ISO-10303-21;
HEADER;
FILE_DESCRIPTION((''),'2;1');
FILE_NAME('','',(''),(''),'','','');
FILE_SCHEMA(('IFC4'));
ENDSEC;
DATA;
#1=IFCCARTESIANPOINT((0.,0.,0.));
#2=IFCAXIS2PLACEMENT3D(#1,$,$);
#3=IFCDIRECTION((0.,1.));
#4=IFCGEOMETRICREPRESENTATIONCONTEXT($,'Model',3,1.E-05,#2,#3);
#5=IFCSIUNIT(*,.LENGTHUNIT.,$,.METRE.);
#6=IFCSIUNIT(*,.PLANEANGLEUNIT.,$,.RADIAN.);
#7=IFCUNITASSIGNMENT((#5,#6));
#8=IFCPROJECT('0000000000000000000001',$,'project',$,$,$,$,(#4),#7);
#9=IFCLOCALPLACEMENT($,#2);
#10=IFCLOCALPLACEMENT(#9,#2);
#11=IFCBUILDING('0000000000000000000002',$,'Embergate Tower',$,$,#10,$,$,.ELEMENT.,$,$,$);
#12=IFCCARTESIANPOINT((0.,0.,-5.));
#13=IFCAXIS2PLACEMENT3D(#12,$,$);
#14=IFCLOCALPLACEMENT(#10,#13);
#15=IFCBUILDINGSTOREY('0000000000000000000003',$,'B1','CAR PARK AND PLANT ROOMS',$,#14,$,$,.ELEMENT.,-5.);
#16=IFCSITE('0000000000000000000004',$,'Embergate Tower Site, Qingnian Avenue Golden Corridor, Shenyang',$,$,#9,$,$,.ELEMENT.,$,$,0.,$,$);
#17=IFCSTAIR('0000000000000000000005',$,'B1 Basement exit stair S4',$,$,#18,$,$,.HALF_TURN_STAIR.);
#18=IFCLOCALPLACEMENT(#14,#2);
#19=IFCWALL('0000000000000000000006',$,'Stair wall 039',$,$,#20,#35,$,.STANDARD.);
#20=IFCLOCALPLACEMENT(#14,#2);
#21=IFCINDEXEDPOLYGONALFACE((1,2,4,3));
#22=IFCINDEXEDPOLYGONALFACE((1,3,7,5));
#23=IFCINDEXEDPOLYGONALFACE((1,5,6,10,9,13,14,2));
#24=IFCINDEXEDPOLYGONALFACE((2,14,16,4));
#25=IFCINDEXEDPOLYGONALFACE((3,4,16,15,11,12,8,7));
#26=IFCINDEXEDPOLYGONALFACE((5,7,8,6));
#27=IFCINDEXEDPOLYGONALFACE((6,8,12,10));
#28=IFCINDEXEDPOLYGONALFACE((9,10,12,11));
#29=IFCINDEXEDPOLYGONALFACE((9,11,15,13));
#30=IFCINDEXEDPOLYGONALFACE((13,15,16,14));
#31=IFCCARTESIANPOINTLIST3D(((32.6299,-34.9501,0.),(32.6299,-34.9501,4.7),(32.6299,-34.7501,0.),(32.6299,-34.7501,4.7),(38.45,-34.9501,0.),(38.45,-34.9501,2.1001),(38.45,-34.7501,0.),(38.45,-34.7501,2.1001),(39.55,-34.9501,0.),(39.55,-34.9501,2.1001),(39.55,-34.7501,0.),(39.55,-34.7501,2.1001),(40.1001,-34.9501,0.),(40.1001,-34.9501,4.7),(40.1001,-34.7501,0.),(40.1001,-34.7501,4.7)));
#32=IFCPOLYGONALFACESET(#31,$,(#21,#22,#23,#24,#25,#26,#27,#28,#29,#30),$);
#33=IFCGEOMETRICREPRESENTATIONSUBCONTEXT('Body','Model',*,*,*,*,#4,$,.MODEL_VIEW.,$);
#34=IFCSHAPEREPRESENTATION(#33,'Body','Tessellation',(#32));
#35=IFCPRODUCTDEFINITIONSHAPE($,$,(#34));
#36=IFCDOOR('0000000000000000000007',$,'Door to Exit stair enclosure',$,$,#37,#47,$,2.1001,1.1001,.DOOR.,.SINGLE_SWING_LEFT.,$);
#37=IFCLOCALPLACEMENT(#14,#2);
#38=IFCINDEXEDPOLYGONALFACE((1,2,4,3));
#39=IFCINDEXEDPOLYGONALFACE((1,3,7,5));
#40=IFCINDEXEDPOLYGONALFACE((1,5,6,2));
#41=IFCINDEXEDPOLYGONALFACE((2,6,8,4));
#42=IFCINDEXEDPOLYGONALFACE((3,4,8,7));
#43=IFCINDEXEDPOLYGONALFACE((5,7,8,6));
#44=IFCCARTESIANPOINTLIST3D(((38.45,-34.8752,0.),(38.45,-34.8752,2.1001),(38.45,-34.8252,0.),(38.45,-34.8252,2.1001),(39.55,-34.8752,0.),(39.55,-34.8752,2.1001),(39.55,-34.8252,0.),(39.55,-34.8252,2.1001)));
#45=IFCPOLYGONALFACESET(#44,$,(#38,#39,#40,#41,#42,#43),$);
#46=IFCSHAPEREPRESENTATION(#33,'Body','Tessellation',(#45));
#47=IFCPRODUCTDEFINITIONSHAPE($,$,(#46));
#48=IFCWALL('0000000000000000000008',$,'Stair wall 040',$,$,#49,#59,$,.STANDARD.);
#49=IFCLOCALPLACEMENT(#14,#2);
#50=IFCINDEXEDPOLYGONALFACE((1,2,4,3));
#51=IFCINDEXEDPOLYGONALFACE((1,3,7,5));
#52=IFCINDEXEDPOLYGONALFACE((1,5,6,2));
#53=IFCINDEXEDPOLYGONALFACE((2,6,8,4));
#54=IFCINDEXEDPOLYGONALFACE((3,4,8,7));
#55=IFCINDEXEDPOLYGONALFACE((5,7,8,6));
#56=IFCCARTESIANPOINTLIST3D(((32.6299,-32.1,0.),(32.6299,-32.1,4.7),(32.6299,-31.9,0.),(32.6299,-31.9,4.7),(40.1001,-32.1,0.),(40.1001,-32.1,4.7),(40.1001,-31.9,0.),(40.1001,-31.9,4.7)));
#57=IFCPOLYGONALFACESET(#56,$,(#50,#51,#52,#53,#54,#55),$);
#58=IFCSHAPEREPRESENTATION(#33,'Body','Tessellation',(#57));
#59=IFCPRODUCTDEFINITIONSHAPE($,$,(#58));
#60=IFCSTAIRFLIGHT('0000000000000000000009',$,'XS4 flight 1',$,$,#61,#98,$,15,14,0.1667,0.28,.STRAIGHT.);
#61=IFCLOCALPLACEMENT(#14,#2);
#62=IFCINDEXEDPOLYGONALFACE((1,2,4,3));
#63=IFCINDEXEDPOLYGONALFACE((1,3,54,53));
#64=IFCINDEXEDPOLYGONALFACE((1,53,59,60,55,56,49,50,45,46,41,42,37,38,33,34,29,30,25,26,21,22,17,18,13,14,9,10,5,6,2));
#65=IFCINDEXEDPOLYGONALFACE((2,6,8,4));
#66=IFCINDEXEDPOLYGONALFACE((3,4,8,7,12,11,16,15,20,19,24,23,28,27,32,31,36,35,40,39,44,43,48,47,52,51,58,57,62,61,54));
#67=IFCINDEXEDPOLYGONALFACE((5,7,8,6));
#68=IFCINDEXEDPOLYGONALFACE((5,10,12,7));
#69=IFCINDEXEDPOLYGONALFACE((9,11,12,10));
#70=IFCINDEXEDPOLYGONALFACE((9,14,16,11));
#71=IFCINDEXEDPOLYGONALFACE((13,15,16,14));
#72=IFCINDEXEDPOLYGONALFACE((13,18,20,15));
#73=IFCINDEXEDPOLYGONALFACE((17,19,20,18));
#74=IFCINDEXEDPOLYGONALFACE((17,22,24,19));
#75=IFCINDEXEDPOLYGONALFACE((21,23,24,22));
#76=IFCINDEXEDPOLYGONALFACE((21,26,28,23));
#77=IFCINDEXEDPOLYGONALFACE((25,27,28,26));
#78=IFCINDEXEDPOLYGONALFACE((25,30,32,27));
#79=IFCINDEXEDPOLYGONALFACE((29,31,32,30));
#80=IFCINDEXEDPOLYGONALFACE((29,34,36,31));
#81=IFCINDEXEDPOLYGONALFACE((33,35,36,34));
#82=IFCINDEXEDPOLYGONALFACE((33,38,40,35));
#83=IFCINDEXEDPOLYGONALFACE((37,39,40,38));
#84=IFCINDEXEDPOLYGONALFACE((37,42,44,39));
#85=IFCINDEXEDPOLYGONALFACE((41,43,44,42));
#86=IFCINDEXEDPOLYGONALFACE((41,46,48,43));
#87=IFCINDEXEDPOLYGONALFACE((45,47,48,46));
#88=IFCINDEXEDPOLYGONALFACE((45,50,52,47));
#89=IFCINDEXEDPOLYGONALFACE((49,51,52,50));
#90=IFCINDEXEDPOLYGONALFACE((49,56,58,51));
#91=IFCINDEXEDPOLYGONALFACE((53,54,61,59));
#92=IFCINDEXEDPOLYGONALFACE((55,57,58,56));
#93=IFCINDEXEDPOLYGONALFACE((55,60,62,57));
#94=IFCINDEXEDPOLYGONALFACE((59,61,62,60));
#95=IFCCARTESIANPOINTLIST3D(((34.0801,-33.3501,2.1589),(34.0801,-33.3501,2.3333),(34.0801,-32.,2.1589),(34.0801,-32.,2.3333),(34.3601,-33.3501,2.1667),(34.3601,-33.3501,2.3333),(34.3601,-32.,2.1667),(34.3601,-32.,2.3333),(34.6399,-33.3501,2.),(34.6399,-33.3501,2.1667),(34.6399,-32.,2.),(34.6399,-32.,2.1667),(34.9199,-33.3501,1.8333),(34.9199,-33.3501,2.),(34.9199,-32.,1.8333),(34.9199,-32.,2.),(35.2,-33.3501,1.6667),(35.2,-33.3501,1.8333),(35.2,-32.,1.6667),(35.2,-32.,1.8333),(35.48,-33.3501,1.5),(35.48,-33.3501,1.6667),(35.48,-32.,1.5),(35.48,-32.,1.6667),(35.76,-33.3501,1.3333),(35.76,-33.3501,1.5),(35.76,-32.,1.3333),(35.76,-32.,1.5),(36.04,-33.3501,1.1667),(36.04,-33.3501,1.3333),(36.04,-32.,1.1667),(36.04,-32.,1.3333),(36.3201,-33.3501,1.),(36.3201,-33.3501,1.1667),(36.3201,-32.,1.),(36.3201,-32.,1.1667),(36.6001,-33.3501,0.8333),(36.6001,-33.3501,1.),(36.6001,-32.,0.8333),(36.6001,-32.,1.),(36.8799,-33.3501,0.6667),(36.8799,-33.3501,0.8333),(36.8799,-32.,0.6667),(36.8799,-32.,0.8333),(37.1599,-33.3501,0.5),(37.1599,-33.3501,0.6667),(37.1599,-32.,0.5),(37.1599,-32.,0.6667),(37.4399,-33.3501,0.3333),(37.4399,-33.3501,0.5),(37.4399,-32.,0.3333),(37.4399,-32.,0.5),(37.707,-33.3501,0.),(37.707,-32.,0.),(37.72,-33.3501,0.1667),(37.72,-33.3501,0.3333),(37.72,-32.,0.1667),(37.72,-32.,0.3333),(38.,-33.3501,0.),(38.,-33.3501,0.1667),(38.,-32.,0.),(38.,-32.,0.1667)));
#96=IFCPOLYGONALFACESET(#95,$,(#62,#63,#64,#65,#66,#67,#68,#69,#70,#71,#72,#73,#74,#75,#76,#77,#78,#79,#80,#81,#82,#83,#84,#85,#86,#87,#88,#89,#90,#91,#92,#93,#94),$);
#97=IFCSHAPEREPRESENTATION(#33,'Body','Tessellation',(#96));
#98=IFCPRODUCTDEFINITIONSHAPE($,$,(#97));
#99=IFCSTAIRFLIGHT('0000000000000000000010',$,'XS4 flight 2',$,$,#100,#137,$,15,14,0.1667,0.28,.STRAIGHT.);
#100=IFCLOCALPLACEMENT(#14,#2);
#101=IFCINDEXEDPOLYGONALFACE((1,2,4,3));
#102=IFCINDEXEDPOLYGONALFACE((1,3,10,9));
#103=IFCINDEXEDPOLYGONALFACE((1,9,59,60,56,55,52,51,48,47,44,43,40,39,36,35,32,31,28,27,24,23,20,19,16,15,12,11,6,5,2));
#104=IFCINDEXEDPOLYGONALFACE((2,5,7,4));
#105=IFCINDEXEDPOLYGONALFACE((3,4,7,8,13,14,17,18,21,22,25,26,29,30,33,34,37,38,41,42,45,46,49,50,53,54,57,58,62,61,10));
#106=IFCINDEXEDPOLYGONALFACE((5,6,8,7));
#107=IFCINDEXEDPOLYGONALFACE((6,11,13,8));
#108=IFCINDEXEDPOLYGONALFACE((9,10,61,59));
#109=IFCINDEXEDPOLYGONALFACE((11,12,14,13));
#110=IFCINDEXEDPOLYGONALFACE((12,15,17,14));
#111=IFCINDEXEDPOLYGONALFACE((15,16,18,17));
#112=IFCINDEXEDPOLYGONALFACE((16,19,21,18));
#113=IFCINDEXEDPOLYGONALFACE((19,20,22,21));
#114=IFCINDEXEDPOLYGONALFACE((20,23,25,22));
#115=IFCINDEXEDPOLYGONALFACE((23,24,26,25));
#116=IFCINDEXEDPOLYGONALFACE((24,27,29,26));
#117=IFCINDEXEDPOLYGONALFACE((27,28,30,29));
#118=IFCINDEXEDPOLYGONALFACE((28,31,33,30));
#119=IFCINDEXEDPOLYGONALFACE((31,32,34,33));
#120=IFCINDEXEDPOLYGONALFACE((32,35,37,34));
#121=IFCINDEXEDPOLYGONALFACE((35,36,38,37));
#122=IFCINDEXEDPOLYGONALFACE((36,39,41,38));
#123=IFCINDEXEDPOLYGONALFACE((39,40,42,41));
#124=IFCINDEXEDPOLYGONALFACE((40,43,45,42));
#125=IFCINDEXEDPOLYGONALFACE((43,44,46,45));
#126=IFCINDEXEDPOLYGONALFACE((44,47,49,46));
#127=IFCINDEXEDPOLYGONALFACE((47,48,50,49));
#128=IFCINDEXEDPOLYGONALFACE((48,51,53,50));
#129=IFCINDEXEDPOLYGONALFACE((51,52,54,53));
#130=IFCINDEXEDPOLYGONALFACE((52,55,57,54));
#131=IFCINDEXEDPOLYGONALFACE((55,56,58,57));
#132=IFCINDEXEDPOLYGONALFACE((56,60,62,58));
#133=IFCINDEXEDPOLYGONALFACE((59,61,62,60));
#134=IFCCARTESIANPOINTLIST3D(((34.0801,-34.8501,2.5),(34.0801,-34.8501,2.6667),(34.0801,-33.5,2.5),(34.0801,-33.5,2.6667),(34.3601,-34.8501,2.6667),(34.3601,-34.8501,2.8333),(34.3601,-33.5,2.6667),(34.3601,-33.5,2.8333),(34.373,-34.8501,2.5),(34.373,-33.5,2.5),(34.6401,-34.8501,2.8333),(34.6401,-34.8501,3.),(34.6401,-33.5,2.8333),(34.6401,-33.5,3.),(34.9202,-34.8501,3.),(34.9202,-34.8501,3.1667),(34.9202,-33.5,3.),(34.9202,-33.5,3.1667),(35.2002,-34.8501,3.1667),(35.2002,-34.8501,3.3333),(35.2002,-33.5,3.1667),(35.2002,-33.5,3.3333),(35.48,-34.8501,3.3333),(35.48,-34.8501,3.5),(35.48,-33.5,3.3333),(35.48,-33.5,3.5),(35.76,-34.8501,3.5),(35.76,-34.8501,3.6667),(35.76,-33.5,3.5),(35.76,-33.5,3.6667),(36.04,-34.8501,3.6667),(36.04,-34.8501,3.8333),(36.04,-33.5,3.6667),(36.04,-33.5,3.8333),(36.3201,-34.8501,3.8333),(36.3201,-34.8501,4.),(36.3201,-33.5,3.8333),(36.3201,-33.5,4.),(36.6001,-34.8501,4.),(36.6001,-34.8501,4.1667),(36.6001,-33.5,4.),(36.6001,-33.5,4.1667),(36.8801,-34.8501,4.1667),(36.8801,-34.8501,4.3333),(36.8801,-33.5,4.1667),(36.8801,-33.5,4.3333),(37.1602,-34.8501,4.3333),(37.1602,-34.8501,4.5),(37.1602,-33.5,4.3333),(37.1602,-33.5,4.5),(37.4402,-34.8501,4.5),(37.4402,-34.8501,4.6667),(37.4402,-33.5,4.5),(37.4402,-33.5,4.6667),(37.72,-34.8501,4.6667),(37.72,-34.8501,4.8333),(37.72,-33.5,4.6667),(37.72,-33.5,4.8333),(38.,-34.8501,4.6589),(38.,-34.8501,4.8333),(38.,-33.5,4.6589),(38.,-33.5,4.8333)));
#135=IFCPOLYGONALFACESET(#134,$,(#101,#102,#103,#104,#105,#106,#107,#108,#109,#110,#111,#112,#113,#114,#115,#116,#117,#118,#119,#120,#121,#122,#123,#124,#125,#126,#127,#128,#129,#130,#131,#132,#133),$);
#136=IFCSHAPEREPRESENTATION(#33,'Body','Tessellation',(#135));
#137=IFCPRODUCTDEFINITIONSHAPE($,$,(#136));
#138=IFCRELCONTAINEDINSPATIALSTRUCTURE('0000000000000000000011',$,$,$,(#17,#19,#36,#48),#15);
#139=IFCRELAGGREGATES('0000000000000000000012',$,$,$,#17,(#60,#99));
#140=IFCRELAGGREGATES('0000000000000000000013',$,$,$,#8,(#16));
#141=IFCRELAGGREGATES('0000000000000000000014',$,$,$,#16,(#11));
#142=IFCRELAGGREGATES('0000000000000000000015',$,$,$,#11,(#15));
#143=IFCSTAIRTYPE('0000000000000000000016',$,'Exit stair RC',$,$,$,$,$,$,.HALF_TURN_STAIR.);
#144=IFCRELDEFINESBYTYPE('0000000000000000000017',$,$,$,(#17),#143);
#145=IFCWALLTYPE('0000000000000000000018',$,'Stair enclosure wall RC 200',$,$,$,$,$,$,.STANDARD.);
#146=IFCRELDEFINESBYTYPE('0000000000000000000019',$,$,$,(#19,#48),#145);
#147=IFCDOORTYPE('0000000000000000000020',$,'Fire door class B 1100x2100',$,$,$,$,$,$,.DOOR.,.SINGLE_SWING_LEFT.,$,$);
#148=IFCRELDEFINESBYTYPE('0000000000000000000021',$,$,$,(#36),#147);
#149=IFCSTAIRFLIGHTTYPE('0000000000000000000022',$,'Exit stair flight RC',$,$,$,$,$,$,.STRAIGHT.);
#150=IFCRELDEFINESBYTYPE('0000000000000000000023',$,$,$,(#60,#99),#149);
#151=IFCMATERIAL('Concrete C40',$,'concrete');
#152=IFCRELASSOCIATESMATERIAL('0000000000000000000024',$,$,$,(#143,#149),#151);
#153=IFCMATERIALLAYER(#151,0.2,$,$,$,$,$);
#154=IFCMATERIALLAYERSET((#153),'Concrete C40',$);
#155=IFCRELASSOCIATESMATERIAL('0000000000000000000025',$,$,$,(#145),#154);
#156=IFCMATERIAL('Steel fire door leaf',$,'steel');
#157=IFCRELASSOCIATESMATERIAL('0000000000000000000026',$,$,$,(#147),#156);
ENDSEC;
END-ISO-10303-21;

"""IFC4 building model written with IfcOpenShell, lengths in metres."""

from ifc_helpers import new_model, si_unit, direction, frame, frame_2d, origin, place, context, subcontext, project, spatial, polyline, rectangle, outline, extrude, source, transform, mapped, material, layer, layer_set, type_object, element, fill, aggregate, save


model = new_model("IFC4")

# Units and contexts
model_context = context("Model", 3, precision=1e-05, world=origin(), true_north=direction((0.0, 1.0)))
body_context = subcontext(model_context, "Body", "Model", "MODEL_VIEW")
ifc_project = project(units=[si_unit("LENGTHUNIT", "METRE"), si_unit("PLANEANGLEUNIT", "RADIAN")], contexts=[model_context])

# Site, building, storey
site_placement = place(None, origin())
site = spatial("IfcSite", under=ifc_project, at=site_placement, Name="Embergate Tower Site, Qingnian Avenue Golden Corridor, Shenyang", CompositionType="ELEMENT", RefElevation=0.0)
building_placement = place(site_placement, origin())
building = spatial("IfcBuilding", under=site, at=building_placement, Name="Embergate Tower", CompositionType="ELEMENT")
storey_placement = place(building_placement, frame((0.0, 0.0, -5.0)))
storey = spatial("IfcBuildingStorey", under=building, at=storey_placement, Name="B1", Description="CAR PARK AND PLANT ROOMS", CompositionType="ELEMENT", Elevation=-5.0)

# Stair
ifc_material_1 = material(Name="Concrete C40", Category="concrete")
stair_type = type_object("IfcStairType", Name="Exit stair RC", PredefinedType="HALF_TURN_STAIR", material=ifc_material_1)
stair_placement = place(storey_placement, origin())
stair = element("IfcStair", 1, at=stair_placement, inside=storey, type_object=stair_type, Name="B1 Basement exit stair S4", PredefinedType="HALF_TURN_STAIR")

# Shared definitions
ifc_layer_1 = layer(ifc_material_1, 0.2)
ifc_layer_set_1 = layer_set([ifc_layer_1], Name="Concrete C40")
wall_type_1 = type_object("IfcWallType", Name="Stair enclosure wall RC 200", PredefinedType="STANDARD", material=ifc_layer_set_1)

# Wall, opening, door
shared_shape_1 = source(origin(), body_context, "Body", "SweptSolid", [
    extrude(rectangle(XDim=7.4702, YDim=0.2, at=frame_2d((3.7351, 0.0))), origin(), (0.0, 0.0, 1.0), 4.7),
])
wall_1_placement = place(storey_placement, frame((32.6299, -34.8501, 0.0), z_axis=(0.0, 0.0, 1.0), x_axis=(1.0, 0.0, 0.0)))
wall_1 = element("IfcWall", 2, at=wall_1_placement, inside=storey, type_object=wall_type_1, Name="Stair wall 039", PredefinedType="STANDARD", context=body_context, shape_type="MappedRepresentation", body=[
    mapped(shared_shape_1, transform((0.0, 0.0, 0.0))),
])
shared_shape_2 = source(origin(), body_context, "Body", "SweptSolid", [
    extrude(rectangle(XDim=1.1001, YDim=2.1001, at=frame_2d((0.55, 1.05))), frame((0.0, 0.1099, 0.0), z_axis=(0.0, -1.0, 0.0), x_axis=(1.0, 0.0, 0.0)), (0.0, 0.0, 1.0), 0.22),
])
opening_placement = place(wall_1_placement, frame((5.8201, 0.0, 0.0)))
opening = element("IfcOpeningElement", 3, at=opening_placement, cuts=wall_1, PredefinedType="OPENING", context=body_context, shape_type="MappedRepresentation", body=[
    mapped(shared_shape_2, transform((0.0, 0.0, 0.0))),
])
ifc_material_2 = material(Name="Steel fire door leaf", Category="steel")
door_type = type_object("IfcDoorType", Name="Fire door class B 1100x2100", OperationType="SINGLE_SWING_LEFT", PredefinedType="DOOR", material=ifc_material_2)
shared_shape_3 = source(origin(), body_context, "Body", "SweptSolid", [
    extrude(rectangle(XDim=1.1001, YDim=2.1001, at=frame_2d((0.55, 1.05))), frame((0.0, 0.0249, 0.0), z_axis=(0.0, -1.0, 0.0), x_axis=(1.0, 0.0, 0.0)), (0.0, 0.0, 1.0), 0.05),
])
door_placement = place(opening_placement, origin())
door = element("IfcDoor", 4, at=door_placement, inside=storey, type_object=door_type, Name="Door to Exit stair enclosure", OperationType="SINGLE_SWING_LEFT", OverallHeight=2.1001, OverallWidth=1.1001, PredefinedType="DOOR", context=body_context, shape_type="MappedRepresentation", body=[
    mapped(shared_shape_3, transform((0.0, 0.0, 0.0))),
])
fill(opening, door)

# Wall
wall_2_placement = place(storey_placement, frame((32.6299, -32.0, 0.0), z_axis=(0.0, 0.0, 1.0), x_axis=(1.0, 0.0, 0.0)))
element("IfcWall", 5, at=wall_2_placement, inside=storey, type_object=wall_type_1, Name="Stair wall 040", PredefinedType="STANDARD", context=body_context, shape_type="MappedRepresentation", body=[
    mapped(shared_shape_1, transform((0.0, 0.0, 0.0))),
])

# Stair flights
stair_flight_type = type_object("IfcStairFlightType", Name="Exit stair flight RC", PredefinedType="STRAIGHT", material=ifc_material_1)
shared_shape_4 = source(origin(), body_context, "Body", "SweptSolid", [
    extrude(outline(polyline([(0.0, 0.0), (0.0, 0.1667), (0.28, 0.1667), (0.28, 0.3333), (0.5601, 0.3333), (0.5601, 0.5), (0.8401, 0.5), (0.8401, 0.6667), (1.1201, 0.6667), (1.1201, 0.8333), (1.3999, 0.8333), (1.3999, 1.0), (1.6799, 1.0), (1.6799, 1.1667), (1.96, 1.1667), (1.96, 1.3333), (2.24, 1.3333), (2.24, 1.5), (2.52, 1.5), (2.52, 1.6667), (2.8, 1.6667), (2.8, 1.8333), (3.0801, 1.8333), (3.0801, 2.0), (3.3601, 2.0), (3.3601, 2.1667), (3.6399, 2.1667), (3.6399, 2.3333), (3.9199, 2.3333), (3.9199, 2.5), (3.9199, 2.1589), (0.293, 0.0), (0.0, 0.0)])), frame((0.0, 0.675, 0.0), z_axis=(0.0, -1.0, 0.0), x_axis=(1.0, 0.0, 0.0)), (0.0, 0.0, 1.0), 1.3501),
])
stair_flight_1_placement = place(storey_placement, frame((38.0, -32.675, 0.0), z_axis=(0.0, 0.0, 1.0), x_axis=(-1.0, 0.0, 0.0)))
stair_flight_1 = element("IfcStairFlight", 6, at=stair_flight_1_placement, type_object=stair_flight_type, Name="XS4 flight 1", NumberOfRisers=15, NumberOfTreads=14, PredefinedType="STRAIGHT", RiserHeight=0.1667, TreadLength=0.28, context=body_context, shape_type="MappedRepresentation", body=[
    mapped(shared_shape_4, transform((0.0, 0.0, 0.0))),
])
stair_flight_2_placement = place(storey_placement, frame((34.0801, -34.175, 2.5), z_axis=(0.0, 0.0, 1.0), x_axis=(1.0, 0.0, 0.0)))
stair_flight_2 = element("IfcStairFlight", 7, at=stair_flight_2_placement, type_object=stair_flight_type, Name="XS4 flight 2", NumberOfRisers=15, NumberOfTreads=14, PredefinedType="STRAIGHT", RiserHeight=0.1667, TreadLength=0.28, context=body_context, shape_type="MappedRepresentation", body=[
    mapped(shared_shape_4, transform((0.0, 0.0, 0.0))),
])
aggregate(stair, [stair_flight_1, stair_flight_2])

save(model, "model.ifc")
